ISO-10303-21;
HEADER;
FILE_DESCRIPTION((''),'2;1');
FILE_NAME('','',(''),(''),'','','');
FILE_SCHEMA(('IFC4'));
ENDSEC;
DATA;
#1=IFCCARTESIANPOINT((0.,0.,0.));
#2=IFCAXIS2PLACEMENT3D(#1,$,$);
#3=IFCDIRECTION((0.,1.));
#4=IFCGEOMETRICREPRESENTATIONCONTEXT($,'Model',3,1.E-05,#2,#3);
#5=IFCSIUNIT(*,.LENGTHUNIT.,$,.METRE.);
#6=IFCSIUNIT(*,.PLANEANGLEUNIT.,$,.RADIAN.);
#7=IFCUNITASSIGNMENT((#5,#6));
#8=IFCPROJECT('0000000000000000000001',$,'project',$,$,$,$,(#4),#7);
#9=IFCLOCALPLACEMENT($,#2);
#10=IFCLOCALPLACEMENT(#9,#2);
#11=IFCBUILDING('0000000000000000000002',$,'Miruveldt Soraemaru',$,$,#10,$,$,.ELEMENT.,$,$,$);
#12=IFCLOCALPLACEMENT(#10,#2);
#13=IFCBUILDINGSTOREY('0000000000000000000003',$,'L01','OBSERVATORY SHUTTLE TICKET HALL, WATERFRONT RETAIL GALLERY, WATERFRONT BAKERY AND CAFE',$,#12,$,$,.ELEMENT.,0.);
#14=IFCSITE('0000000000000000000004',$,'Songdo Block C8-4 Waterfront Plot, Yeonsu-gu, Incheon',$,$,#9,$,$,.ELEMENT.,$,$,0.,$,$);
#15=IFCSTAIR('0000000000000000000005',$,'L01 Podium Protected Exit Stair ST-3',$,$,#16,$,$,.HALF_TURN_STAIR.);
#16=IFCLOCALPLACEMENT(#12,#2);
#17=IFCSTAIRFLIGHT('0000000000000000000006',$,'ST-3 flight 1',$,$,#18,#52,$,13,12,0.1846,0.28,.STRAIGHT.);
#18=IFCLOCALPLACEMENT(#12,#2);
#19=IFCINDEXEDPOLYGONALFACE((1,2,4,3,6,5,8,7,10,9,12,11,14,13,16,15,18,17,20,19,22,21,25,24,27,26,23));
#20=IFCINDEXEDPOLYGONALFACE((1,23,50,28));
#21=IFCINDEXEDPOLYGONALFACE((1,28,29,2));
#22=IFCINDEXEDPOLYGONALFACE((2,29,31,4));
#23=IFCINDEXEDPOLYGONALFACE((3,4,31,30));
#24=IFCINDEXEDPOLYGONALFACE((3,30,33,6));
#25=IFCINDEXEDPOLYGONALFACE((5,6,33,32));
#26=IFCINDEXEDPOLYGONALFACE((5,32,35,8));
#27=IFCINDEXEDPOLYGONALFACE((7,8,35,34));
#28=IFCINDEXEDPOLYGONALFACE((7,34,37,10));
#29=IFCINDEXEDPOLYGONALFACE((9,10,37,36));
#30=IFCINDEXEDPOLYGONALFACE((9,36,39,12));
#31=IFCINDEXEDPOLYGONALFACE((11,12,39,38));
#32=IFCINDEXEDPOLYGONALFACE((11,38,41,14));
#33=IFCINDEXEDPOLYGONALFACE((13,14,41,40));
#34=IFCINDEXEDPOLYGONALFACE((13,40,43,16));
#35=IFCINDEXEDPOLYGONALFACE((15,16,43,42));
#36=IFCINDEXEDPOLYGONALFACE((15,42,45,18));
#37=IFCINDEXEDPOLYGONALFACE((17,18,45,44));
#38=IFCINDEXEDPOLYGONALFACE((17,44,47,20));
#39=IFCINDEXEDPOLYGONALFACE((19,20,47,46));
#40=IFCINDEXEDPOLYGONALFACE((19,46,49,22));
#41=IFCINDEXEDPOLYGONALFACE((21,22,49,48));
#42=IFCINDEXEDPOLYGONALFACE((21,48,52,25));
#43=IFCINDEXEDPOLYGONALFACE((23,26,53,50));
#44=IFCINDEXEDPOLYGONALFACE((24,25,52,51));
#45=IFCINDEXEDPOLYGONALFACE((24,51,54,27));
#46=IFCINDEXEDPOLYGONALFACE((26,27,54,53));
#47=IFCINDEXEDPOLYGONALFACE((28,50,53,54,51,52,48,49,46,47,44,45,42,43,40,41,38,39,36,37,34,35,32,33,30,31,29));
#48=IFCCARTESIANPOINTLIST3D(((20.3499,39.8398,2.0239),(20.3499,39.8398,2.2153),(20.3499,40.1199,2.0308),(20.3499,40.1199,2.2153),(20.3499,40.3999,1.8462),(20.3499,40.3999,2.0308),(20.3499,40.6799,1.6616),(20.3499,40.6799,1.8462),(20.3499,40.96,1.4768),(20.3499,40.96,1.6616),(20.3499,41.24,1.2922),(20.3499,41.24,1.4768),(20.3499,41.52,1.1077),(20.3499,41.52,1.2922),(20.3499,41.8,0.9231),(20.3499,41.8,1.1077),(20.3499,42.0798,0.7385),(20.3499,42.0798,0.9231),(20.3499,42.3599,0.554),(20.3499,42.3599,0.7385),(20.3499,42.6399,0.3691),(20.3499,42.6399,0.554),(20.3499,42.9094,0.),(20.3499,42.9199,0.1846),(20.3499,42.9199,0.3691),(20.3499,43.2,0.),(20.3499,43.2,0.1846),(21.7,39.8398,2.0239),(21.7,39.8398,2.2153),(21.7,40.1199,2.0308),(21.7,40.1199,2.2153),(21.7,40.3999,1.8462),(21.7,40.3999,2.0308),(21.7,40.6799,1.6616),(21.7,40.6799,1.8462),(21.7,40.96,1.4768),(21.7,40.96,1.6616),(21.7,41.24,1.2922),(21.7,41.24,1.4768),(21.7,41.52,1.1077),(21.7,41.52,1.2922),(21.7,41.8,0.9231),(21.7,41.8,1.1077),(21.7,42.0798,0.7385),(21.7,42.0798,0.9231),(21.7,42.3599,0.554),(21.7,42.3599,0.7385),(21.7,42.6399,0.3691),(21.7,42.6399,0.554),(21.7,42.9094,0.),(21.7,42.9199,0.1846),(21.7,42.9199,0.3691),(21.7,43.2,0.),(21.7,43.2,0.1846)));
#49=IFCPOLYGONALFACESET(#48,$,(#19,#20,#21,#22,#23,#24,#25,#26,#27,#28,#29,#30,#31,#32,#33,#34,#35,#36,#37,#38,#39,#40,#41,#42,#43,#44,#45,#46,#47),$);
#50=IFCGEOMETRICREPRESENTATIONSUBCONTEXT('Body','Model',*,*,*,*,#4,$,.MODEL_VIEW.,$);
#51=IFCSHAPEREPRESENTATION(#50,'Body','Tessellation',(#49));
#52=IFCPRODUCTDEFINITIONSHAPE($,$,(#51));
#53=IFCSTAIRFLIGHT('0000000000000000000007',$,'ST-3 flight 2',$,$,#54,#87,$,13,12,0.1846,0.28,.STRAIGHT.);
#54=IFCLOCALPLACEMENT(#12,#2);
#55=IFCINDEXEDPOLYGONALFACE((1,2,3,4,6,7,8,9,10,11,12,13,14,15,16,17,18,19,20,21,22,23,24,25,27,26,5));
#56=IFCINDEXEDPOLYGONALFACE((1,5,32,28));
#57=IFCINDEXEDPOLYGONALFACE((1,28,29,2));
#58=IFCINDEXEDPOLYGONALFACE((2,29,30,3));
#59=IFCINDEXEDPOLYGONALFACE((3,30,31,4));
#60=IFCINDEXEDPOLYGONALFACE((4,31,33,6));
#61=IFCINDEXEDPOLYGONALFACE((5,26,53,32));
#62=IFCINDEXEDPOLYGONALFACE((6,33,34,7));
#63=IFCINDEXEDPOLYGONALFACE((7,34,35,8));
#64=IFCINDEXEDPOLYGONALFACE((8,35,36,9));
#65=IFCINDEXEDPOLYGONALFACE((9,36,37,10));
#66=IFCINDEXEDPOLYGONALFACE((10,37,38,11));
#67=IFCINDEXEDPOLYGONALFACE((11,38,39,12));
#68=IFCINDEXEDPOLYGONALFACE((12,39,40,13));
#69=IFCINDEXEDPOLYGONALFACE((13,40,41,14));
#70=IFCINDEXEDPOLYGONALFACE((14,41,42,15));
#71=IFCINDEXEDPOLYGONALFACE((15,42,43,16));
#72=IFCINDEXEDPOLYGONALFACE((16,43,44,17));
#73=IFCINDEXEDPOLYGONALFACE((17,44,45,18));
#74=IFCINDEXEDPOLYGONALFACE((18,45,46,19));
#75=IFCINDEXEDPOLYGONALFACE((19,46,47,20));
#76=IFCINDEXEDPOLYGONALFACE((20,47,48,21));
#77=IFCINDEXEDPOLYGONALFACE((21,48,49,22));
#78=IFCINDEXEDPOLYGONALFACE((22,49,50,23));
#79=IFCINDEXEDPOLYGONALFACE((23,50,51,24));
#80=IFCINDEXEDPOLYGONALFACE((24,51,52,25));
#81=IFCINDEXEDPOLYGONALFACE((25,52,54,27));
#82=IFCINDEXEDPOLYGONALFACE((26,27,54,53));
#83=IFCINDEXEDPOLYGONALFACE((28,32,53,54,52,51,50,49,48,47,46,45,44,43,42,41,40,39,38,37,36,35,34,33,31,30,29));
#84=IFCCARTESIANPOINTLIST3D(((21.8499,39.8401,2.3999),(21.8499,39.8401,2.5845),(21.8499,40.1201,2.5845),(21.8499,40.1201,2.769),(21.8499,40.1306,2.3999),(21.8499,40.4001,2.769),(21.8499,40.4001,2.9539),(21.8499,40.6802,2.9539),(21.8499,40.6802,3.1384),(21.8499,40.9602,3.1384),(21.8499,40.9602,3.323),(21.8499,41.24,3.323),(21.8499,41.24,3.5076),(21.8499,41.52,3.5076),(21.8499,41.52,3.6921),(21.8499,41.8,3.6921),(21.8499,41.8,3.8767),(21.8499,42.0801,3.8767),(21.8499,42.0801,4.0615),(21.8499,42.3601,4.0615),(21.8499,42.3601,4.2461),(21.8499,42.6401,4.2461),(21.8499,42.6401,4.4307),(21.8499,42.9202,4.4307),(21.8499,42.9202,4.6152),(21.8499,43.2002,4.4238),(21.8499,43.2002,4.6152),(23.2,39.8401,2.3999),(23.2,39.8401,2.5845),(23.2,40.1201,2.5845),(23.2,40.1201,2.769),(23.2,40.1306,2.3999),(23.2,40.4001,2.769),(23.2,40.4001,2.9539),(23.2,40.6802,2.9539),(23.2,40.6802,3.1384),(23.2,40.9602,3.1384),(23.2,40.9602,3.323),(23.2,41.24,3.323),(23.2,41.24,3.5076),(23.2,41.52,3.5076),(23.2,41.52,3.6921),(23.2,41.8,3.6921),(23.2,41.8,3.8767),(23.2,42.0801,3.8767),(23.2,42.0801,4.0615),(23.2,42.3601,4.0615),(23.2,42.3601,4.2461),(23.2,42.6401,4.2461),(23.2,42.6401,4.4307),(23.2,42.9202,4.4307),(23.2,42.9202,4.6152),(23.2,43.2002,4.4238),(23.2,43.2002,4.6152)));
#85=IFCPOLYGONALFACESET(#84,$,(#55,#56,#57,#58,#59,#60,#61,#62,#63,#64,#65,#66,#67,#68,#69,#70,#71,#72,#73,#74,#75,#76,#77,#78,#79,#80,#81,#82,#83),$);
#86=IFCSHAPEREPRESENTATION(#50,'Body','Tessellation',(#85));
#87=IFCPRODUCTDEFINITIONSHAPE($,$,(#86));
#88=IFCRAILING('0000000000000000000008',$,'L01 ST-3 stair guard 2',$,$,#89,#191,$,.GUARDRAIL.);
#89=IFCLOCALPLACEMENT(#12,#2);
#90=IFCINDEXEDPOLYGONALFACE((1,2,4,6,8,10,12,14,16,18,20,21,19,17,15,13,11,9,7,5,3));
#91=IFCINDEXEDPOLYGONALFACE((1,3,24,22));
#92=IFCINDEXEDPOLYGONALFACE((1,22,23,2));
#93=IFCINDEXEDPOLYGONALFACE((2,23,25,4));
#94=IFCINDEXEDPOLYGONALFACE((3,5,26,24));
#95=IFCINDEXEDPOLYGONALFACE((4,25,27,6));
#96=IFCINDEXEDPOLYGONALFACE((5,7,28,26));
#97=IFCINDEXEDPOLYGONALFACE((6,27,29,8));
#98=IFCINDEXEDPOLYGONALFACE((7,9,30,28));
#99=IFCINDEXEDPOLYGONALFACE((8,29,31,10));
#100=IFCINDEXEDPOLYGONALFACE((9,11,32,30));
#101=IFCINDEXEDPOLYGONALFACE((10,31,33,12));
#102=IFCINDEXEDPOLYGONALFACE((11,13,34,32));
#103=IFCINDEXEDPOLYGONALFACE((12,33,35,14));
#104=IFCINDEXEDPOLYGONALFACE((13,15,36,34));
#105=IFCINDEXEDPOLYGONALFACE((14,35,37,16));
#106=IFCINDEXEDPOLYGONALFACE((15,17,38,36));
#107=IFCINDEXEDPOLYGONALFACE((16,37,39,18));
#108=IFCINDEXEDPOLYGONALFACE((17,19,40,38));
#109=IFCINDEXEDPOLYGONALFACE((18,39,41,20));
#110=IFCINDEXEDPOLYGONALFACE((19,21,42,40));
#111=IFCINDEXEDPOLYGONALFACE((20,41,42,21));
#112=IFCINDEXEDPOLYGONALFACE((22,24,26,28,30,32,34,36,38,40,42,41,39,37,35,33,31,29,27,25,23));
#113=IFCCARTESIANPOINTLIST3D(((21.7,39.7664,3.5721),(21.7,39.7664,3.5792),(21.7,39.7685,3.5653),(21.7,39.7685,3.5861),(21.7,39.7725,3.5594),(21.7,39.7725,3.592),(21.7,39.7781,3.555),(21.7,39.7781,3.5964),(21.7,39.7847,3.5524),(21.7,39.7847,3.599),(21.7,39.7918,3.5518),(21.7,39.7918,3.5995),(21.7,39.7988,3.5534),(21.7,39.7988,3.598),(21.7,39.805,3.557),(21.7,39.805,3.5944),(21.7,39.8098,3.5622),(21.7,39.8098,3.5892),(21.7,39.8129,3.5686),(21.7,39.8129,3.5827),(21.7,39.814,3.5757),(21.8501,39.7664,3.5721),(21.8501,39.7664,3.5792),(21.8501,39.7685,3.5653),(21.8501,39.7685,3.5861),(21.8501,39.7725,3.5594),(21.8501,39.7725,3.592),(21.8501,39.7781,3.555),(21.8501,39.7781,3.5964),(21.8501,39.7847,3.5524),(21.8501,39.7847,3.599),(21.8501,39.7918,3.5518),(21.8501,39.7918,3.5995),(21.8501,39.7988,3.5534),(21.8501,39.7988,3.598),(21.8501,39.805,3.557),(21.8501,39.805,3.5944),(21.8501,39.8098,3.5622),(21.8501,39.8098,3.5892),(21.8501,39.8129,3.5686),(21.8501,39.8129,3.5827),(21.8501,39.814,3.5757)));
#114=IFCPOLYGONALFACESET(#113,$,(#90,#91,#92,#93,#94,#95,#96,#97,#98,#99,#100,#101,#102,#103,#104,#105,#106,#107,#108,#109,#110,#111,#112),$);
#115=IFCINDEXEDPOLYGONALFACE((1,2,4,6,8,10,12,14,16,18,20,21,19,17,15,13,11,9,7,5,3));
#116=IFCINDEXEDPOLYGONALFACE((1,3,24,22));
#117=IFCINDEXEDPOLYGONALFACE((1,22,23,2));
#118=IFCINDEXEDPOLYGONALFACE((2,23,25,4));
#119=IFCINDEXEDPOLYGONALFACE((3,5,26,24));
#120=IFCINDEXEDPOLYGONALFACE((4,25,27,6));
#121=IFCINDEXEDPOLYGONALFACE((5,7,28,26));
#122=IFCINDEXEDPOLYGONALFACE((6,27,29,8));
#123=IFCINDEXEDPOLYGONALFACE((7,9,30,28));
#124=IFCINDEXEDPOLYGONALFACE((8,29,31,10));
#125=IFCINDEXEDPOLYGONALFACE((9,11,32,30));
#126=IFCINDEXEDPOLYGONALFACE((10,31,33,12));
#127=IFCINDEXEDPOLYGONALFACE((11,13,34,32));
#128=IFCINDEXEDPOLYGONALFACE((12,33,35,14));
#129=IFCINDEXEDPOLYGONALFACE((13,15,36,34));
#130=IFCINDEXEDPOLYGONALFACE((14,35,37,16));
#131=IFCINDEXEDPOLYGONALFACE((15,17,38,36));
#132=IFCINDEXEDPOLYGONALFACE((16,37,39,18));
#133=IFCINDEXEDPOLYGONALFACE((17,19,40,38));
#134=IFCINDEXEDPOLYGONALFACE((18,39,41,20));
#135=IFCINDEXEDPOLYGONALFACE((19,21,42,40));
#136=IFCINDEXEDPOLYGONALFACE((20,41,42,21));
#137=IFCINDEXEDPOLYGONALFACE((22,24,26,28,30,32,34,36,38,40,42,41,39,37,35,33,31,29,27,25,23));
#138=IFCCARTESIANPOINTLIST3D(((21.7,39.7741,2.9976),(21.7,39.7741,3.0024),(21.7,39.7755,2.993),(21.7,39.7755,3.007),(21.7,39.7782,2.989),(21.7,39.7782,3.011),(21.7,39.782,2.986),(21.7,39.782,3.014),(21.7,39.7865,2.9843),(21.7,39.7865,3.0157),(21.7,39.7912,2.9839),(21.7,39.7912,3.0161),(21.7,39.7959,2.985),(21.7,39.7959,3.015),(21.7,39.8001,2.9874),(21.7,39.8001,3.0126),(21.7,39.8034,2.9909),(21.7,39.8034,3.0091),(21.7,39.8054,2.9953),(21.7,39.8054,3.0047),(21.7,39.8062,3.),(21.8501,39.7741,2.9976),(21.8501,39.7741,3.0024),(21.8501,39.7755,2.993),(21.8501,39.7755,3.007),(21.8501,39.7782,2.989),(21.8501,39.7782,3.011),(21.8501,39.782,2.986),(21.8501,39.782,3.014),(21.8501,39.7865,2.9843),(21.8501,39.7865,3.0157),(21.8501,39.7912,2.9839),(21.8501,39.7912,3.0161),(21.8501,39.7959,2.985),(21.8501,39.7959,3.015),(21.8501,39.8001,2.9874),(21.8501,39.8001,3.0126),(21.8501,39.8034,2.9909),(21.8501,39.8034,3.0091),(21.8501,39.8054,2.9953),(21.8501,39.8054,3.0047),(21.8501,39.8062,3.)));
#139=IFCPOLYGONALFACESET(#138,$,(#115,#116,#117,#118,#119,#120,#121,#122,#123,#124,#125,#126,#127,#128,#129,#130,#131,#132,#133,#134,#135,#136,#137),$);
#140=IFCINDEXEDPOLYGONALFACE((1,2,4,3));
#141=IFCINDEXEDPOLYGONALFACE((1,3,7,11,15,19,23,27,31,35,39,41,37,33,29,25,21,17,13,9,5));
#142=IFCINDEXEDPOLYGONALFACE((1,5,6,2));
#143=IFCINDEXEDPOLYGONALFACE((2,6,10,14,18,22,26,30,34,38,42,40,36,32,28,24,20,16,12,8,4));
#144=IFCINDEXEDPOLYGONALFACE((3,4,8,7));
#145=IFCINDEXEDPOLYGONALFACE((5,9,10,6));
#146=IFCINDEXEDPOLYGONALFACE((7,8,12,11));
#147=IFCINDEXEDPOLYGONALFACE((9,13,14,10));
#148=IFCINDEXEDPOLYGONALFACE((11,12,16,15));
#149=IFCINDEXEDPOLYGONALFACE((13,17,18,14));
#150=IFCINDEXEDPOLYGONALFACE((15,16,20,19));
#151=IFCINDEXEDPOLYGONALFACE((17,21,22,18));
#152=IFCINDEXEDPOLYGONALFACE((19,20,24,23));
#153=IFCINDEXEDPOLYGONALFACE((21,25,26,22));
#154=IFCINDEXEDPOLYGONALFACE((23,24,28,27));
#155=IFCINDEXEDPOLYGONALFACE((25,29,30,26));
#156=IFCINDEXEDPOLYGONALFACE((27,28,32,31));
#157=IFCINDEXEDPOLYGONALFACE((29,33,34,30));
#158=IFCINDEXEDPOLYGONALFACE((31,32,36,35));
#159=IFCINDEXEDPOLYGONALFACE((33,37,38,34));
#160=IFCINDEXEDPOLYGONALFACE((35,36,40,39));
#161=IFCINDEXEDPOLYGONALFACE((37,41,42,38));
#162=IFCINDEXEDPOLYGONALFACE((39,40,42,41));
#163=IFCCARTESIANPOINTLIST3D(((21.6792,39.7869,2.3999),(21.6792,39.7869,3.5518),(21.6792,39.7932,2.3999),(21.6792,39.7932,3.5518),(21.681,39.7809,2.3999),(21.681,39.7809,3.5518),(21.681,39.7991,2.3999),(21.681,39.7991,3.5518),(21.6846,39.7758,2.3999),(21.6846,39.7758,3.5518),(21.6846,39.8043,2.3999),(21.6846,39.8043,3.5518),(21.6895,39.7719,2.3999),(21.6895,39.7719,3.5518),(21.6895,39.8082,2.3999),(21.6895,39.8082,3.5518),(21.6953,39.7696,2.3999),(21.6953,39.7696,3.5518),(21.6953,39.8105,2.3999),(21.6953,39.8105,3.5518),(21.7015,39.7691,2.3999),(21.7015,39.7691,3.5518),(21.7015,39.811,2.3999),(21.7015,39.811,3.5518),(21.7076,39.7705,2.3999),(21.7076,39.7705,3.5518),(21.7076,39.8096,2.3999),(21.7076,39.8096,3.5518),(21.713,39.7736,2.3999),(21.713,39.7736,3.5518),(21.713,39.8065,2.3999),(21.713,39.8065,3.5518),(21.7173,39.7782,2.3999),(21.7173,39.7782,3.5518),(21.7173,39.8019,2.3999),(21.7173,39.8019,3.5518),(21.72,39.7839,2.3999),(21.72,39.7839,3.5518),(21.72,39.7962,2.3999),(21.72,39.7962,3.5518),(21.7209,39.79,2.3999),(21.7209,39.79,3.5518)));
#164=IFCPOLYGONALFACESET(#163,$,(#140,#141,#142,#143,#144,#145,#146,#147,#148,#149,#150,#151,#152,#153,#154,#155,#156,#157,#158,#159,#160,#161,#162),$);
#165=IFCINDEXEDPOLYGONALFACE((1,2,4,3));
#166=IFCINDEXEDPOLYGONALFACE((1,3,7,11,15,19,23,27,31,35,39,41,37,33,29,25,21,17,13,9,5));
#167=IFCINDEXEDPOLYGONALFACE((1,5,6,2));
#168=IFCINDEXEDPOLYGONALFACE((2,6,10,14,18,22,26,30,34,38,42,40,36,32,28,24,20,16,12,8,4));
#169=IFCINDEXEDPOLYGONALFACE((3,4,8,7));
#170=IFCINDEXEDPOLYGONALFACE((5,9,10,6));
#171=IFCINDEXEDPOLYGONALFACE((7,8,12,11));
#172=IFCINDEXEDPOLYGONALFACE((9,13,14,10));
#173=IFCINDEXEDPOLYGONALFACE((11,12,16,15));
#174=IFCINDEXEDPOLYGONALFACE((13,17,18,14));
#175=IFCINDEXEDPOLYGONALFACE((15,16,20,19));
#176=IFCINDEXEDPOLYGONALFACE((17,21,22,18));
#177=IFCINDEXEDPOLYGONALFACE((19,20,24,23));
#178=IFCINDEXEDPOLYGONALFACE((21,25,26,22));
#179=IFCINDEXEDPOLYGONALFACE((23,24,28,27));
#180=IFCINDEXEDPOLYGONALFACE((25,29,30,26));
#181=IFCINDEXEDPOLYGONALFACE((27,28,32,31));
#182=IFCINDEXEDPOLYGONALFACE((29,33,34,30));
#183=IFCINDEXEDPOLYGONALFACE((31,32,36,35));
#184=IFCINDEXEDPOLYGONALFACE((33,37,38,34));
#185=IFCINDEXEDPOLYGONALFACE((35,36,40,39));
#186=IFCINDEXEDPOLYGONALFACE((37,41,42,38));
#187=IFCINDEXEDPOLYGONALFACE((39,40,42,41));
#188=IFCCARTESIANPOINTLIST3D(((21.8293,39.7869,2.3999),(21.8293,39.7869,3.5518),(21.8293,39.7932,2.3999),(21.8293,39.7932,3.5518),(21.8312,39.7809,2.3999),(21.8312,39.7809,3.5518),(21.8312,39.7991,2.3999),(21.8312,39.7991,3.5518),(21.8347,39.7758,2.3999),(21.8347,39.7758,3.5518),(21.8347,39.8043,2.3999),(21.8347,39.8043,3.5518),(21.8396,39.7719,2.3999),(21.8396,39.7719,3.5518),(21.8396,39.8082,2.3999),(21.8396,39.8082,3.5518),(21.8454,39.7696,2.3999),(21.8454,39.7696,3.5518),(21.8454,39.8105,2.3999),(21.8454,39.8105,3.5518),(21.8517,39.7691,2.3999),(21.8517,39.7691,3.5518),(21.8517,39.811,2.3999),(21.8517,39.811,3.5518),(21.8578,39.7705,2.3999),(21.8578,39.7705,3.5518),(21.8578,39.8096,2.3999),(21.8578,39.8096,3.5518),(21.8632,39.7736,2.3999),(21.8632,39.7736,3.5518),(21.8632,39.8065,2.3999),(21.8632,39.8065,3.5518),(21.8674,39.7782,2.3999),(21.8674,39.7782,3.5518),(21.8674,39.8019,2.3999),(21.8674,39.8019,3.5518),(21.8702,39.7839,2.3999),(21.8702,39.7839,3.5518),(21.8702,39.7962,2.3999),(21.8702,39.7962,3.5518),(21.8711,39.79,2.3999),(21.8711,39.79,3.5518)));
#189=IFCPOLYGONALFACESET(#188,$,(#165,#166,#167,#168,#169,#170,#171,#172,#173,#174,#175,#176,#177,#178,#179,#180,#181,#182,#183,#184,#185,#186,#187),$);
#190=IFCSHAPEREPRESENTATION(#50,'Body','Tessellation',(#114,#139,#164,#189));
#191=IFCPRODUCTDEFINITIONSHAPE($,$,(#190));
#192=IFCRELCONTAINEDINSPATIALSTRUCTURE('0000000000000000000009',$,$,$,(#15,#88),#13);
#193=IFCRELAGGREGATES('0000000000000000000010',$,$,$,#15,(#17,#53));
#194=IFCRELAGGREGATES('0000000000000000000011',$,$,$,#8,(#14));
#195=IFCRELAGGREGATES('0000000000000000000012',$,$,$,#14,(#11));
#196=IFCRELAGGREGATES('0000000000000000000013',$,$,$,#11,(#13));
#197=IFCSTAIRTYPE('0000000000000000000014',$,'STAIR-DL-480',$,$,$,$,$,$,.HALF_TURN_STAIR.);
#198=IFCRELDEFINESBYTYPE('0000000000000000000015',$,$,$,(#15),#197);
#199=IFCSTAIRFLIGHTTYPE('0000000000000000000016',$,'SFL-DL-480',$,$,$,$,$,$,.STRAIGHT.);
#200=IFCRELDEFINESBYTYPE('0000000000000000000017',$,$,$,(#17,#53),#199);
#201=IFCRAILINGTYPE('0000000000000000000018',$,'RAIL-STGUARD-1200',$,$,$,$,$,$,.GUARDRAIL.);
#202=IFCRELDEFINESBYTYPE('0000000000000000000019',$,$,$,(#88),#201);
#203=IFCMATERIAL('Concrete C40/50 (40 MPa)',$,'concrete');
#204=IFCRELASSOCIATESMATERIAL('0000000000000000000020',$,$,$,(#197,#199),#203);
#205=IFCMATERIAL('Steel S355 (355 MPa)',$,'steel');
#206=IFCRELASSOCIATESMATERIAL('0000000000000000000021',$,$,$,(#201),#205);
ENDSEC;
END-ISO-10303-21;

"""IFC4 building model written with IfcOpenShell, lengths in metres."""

from ifc_helpers import new_model, si_unit, direction, frame, origin, origin_2d, place, context, subcontext, project, spatial, polyline, circle, outline, extrude, material, type_object, element, aggregate, save


model = new_model("IFC4")

# Units and contexts
model_context = context("Model", 3, precision=1e-05, world=origin(), true_north=direction((0.0, 1.0)))
body_context = subcontext(model_context, "Body", "Model", "MODEL_VIEW")
ifc_project = project(units=[si_unit("LENGTHUNIT", "METRE"), si_unit("PLANEANGLEUNIT", "RADIAN")], contexts=[model_context])

# Site, building, storey
site_placement = place(None, origin())
site = spatial("IfcSite", under=ifc_project, at=site_placement, Name="Songdo Block C8-4 Waterfront Plot, Yeonsu-gu, Incheon", CompositionType="ELEMENT", RefElevation=0.0)
building_placement = place(site_placement, origin())
building = spatial("IfcBuilding", under=site, at=building_placement, Name="Miruveldt Soraemaru", CompositionType="ELEMENT")
storey_placement = place(building_placement, origin())
storey = spatial("IfcBuildingStorey", under=building, at=storey_placement, Name="L01", Description="OBSERVATORY SHUTTLE TICKET HALL, WATERFRONT RETAIL GALLERY, WATERFRONT BAKERY AND CAFE", CompositionType="ELEMENT", Elevation=0.0)

# Shared definitions
ifc_material_1 = material(Name="Concrete C40/50 (40 MPa)", Category="concrete")

# Stair, stair flights
stair_type = type_object("IfcStairType", Name="STAIR-DL-480", PredefinedType="HALF_TURN_STAIR", material=ifc_material_1)
stair_placement = place(storey_placement, origin())
stair = element("IfcStair", 1, at=stair_placement, inside=storey, type_object=stair_type, Name="L01 Podium Protected Exit Stair ST-3", PredefinedType="HALF_TURN_STAIR")
stair_flight_type = type_object("IfcStairFlightType", Name="SFL-DL-480", PredefinedType="STRAIGHT", material=ifc_material_1)
stair_flight_1_placement = place(storey_placement, frame((21.0249, 43.2, 0.0), z_axis=(0.0, 0.0, 1.0), x_axis=(0.0, -1.0, 0.0)))
stair_flight_1 = element("IfcStairFlight", 2, at=stair_flight_1_placement, type_object=stair_flight_type, Name="ST-3 flight 1", NumberOfRisers=13, NumberOfTreads=12, PredefinedType="STRAIGHT", RiserHeight=0.1846, TreadLength=0.28, context=body_context, shape_type="SweptSolid", body=[
    extrude(outline(polyline([(0.0, 0.0), (0.0, 0.1846), (0.28, 0.1846), (0.28, 0.3691), (0.5601, 0.3691), (0.5601, 0.554), (0.8401, 0.554), (0.8401, 0.7385), (1.1201, 0.7385), (1.1201, 0.9231), (1.3999, 0.9231), (1.3999, 1.1077), (1.6799, 1.1077), (1.6799, 1.2922), (1.96, 1.2922), (1.96, 1.4768), (2.24, 1.4768), (2.24, 1.6616), (2.52, 1.6616), (2.52, 1.8462), (2.8, 1.8462), (2.8, 2.0308), (3.0801, 2.0308), (3.0801, 2.2153), (3.3601, 2.2153), (3.3601, 2.3999), (3.3601, 2.0239), (0.2905, 0.0), (0.0, 0.0)])), frame((0.0, 0.675, 0.0), z_axis=(0.0, -1.0, 0.0), x_axis=(1.0, 0.0, 0.0)), (0.0, 0.0, 1.0), 1.3501),
])
stair_flight_2_placement = place(storey_placement, frame((22.5249, 39.8401, 2.3999), z_axis=(0.0, 0.0, 1.0), x_axis=(0.0, 1.0, 0.0)))
stair_flight_2 = element("IfcStairFlight", 3, at=stair_flight_2_placement, type_object=stair_flight_type, Name="ST-3 flight 2", NumberOfRisers=13, NumberOfTreads=12, PredefinedType="STRAIGHT", RiserHeight=0.1846, TreadLength=0.28, context=body_context, shape_type="SweptSolid", body=[
    extrude(outline(polyline([(0.0, 0.0), (0.0, 0.1846), (0.28, 0.1846), (0.28, 0.3691), (0.5601, 0.3691), (0.5601, 0.554), (0.8401, 0.554), (0.8401, 0.7385), (1.1201, 0.7385), (1.1201, 0.9231), (1.3999, 0.9231), (1.3999, 1.1077), (1.6799, 1.1077), (1.6799, 1.2922), (1.96, 1.2922), (1.96, 1.4768), (2.24, 1.4768), (2.24, 1.6616), (2.52, 1.6616), (2.52, 1.8462), (2.8, 1.8462), (2.8, 2.0308), (3.0801, 2.0308), (3.0801, 2.2153), (3.3601, 2.2153), (3.3601, 2.3999), (3.3601, 2.0239), (0.2905, 0.0), (0.0, 0.0)])), frame((0.0, 0.675, 0.0), z_axis=(0.0, -1.0, 0.0), x_axis=(1.0, 0.0, 0.0)), (0.0, 0.0, 1.0), 1.3501),
])
aggregate(stair, [stair_flight_1, stair_flight_2])

# Railing
ifc_material_2 = material(Name="Steel S355 (355 MPa)", Category="steel")
railing_type_1 = type_object("IfcRailingType", Name="RAIL-STGUARD-1200", PredefinedType="GUARDRAIL", material=ifc_material_2)
railing_1_placement = place(storey_placement, frame((21.7, 39.79, 2.3999)))
element("IfcRailing", 4, at=railing_1_placement, inside=storey, type_object=railing_type_1, Name="L01 ST-3 stair guard 2", PredefinedType="GUARDRAIL", context=body_context, shape_type="SweptSolid", body=[
    extrude(circle(Radius=0.0239, at=origin_2d()), frame((0.0, 0.0, 1.1758), z_axis=(1.0, 0.0, 0.0), x_axis=(0.0, 1.0, 0.0)), (0.0, 0.0, 1.0), 0.1501),
    extrude(circle(Radius=0.0161, at=origin_2d()), frame((0.0, 0.0, 0.6001), z_axis=(1.0, 0.0, 0.0), x_axis=(0.0, 1.0, 0.0)), (0.0, 0.0, 1.0), 0.1501),
    extrude(circle(Radius=0.021, at=origin_2d()), origin(), (0.0, 0.0, 1.0), 1.1519),
    extrude(circle(Radius=0.021, at=origin_2d()), frame((0.1501, 0.0, 0.0)), (0.0, 0.0, 1.0), 1.1519),
])

save(model, "model.ifc")
